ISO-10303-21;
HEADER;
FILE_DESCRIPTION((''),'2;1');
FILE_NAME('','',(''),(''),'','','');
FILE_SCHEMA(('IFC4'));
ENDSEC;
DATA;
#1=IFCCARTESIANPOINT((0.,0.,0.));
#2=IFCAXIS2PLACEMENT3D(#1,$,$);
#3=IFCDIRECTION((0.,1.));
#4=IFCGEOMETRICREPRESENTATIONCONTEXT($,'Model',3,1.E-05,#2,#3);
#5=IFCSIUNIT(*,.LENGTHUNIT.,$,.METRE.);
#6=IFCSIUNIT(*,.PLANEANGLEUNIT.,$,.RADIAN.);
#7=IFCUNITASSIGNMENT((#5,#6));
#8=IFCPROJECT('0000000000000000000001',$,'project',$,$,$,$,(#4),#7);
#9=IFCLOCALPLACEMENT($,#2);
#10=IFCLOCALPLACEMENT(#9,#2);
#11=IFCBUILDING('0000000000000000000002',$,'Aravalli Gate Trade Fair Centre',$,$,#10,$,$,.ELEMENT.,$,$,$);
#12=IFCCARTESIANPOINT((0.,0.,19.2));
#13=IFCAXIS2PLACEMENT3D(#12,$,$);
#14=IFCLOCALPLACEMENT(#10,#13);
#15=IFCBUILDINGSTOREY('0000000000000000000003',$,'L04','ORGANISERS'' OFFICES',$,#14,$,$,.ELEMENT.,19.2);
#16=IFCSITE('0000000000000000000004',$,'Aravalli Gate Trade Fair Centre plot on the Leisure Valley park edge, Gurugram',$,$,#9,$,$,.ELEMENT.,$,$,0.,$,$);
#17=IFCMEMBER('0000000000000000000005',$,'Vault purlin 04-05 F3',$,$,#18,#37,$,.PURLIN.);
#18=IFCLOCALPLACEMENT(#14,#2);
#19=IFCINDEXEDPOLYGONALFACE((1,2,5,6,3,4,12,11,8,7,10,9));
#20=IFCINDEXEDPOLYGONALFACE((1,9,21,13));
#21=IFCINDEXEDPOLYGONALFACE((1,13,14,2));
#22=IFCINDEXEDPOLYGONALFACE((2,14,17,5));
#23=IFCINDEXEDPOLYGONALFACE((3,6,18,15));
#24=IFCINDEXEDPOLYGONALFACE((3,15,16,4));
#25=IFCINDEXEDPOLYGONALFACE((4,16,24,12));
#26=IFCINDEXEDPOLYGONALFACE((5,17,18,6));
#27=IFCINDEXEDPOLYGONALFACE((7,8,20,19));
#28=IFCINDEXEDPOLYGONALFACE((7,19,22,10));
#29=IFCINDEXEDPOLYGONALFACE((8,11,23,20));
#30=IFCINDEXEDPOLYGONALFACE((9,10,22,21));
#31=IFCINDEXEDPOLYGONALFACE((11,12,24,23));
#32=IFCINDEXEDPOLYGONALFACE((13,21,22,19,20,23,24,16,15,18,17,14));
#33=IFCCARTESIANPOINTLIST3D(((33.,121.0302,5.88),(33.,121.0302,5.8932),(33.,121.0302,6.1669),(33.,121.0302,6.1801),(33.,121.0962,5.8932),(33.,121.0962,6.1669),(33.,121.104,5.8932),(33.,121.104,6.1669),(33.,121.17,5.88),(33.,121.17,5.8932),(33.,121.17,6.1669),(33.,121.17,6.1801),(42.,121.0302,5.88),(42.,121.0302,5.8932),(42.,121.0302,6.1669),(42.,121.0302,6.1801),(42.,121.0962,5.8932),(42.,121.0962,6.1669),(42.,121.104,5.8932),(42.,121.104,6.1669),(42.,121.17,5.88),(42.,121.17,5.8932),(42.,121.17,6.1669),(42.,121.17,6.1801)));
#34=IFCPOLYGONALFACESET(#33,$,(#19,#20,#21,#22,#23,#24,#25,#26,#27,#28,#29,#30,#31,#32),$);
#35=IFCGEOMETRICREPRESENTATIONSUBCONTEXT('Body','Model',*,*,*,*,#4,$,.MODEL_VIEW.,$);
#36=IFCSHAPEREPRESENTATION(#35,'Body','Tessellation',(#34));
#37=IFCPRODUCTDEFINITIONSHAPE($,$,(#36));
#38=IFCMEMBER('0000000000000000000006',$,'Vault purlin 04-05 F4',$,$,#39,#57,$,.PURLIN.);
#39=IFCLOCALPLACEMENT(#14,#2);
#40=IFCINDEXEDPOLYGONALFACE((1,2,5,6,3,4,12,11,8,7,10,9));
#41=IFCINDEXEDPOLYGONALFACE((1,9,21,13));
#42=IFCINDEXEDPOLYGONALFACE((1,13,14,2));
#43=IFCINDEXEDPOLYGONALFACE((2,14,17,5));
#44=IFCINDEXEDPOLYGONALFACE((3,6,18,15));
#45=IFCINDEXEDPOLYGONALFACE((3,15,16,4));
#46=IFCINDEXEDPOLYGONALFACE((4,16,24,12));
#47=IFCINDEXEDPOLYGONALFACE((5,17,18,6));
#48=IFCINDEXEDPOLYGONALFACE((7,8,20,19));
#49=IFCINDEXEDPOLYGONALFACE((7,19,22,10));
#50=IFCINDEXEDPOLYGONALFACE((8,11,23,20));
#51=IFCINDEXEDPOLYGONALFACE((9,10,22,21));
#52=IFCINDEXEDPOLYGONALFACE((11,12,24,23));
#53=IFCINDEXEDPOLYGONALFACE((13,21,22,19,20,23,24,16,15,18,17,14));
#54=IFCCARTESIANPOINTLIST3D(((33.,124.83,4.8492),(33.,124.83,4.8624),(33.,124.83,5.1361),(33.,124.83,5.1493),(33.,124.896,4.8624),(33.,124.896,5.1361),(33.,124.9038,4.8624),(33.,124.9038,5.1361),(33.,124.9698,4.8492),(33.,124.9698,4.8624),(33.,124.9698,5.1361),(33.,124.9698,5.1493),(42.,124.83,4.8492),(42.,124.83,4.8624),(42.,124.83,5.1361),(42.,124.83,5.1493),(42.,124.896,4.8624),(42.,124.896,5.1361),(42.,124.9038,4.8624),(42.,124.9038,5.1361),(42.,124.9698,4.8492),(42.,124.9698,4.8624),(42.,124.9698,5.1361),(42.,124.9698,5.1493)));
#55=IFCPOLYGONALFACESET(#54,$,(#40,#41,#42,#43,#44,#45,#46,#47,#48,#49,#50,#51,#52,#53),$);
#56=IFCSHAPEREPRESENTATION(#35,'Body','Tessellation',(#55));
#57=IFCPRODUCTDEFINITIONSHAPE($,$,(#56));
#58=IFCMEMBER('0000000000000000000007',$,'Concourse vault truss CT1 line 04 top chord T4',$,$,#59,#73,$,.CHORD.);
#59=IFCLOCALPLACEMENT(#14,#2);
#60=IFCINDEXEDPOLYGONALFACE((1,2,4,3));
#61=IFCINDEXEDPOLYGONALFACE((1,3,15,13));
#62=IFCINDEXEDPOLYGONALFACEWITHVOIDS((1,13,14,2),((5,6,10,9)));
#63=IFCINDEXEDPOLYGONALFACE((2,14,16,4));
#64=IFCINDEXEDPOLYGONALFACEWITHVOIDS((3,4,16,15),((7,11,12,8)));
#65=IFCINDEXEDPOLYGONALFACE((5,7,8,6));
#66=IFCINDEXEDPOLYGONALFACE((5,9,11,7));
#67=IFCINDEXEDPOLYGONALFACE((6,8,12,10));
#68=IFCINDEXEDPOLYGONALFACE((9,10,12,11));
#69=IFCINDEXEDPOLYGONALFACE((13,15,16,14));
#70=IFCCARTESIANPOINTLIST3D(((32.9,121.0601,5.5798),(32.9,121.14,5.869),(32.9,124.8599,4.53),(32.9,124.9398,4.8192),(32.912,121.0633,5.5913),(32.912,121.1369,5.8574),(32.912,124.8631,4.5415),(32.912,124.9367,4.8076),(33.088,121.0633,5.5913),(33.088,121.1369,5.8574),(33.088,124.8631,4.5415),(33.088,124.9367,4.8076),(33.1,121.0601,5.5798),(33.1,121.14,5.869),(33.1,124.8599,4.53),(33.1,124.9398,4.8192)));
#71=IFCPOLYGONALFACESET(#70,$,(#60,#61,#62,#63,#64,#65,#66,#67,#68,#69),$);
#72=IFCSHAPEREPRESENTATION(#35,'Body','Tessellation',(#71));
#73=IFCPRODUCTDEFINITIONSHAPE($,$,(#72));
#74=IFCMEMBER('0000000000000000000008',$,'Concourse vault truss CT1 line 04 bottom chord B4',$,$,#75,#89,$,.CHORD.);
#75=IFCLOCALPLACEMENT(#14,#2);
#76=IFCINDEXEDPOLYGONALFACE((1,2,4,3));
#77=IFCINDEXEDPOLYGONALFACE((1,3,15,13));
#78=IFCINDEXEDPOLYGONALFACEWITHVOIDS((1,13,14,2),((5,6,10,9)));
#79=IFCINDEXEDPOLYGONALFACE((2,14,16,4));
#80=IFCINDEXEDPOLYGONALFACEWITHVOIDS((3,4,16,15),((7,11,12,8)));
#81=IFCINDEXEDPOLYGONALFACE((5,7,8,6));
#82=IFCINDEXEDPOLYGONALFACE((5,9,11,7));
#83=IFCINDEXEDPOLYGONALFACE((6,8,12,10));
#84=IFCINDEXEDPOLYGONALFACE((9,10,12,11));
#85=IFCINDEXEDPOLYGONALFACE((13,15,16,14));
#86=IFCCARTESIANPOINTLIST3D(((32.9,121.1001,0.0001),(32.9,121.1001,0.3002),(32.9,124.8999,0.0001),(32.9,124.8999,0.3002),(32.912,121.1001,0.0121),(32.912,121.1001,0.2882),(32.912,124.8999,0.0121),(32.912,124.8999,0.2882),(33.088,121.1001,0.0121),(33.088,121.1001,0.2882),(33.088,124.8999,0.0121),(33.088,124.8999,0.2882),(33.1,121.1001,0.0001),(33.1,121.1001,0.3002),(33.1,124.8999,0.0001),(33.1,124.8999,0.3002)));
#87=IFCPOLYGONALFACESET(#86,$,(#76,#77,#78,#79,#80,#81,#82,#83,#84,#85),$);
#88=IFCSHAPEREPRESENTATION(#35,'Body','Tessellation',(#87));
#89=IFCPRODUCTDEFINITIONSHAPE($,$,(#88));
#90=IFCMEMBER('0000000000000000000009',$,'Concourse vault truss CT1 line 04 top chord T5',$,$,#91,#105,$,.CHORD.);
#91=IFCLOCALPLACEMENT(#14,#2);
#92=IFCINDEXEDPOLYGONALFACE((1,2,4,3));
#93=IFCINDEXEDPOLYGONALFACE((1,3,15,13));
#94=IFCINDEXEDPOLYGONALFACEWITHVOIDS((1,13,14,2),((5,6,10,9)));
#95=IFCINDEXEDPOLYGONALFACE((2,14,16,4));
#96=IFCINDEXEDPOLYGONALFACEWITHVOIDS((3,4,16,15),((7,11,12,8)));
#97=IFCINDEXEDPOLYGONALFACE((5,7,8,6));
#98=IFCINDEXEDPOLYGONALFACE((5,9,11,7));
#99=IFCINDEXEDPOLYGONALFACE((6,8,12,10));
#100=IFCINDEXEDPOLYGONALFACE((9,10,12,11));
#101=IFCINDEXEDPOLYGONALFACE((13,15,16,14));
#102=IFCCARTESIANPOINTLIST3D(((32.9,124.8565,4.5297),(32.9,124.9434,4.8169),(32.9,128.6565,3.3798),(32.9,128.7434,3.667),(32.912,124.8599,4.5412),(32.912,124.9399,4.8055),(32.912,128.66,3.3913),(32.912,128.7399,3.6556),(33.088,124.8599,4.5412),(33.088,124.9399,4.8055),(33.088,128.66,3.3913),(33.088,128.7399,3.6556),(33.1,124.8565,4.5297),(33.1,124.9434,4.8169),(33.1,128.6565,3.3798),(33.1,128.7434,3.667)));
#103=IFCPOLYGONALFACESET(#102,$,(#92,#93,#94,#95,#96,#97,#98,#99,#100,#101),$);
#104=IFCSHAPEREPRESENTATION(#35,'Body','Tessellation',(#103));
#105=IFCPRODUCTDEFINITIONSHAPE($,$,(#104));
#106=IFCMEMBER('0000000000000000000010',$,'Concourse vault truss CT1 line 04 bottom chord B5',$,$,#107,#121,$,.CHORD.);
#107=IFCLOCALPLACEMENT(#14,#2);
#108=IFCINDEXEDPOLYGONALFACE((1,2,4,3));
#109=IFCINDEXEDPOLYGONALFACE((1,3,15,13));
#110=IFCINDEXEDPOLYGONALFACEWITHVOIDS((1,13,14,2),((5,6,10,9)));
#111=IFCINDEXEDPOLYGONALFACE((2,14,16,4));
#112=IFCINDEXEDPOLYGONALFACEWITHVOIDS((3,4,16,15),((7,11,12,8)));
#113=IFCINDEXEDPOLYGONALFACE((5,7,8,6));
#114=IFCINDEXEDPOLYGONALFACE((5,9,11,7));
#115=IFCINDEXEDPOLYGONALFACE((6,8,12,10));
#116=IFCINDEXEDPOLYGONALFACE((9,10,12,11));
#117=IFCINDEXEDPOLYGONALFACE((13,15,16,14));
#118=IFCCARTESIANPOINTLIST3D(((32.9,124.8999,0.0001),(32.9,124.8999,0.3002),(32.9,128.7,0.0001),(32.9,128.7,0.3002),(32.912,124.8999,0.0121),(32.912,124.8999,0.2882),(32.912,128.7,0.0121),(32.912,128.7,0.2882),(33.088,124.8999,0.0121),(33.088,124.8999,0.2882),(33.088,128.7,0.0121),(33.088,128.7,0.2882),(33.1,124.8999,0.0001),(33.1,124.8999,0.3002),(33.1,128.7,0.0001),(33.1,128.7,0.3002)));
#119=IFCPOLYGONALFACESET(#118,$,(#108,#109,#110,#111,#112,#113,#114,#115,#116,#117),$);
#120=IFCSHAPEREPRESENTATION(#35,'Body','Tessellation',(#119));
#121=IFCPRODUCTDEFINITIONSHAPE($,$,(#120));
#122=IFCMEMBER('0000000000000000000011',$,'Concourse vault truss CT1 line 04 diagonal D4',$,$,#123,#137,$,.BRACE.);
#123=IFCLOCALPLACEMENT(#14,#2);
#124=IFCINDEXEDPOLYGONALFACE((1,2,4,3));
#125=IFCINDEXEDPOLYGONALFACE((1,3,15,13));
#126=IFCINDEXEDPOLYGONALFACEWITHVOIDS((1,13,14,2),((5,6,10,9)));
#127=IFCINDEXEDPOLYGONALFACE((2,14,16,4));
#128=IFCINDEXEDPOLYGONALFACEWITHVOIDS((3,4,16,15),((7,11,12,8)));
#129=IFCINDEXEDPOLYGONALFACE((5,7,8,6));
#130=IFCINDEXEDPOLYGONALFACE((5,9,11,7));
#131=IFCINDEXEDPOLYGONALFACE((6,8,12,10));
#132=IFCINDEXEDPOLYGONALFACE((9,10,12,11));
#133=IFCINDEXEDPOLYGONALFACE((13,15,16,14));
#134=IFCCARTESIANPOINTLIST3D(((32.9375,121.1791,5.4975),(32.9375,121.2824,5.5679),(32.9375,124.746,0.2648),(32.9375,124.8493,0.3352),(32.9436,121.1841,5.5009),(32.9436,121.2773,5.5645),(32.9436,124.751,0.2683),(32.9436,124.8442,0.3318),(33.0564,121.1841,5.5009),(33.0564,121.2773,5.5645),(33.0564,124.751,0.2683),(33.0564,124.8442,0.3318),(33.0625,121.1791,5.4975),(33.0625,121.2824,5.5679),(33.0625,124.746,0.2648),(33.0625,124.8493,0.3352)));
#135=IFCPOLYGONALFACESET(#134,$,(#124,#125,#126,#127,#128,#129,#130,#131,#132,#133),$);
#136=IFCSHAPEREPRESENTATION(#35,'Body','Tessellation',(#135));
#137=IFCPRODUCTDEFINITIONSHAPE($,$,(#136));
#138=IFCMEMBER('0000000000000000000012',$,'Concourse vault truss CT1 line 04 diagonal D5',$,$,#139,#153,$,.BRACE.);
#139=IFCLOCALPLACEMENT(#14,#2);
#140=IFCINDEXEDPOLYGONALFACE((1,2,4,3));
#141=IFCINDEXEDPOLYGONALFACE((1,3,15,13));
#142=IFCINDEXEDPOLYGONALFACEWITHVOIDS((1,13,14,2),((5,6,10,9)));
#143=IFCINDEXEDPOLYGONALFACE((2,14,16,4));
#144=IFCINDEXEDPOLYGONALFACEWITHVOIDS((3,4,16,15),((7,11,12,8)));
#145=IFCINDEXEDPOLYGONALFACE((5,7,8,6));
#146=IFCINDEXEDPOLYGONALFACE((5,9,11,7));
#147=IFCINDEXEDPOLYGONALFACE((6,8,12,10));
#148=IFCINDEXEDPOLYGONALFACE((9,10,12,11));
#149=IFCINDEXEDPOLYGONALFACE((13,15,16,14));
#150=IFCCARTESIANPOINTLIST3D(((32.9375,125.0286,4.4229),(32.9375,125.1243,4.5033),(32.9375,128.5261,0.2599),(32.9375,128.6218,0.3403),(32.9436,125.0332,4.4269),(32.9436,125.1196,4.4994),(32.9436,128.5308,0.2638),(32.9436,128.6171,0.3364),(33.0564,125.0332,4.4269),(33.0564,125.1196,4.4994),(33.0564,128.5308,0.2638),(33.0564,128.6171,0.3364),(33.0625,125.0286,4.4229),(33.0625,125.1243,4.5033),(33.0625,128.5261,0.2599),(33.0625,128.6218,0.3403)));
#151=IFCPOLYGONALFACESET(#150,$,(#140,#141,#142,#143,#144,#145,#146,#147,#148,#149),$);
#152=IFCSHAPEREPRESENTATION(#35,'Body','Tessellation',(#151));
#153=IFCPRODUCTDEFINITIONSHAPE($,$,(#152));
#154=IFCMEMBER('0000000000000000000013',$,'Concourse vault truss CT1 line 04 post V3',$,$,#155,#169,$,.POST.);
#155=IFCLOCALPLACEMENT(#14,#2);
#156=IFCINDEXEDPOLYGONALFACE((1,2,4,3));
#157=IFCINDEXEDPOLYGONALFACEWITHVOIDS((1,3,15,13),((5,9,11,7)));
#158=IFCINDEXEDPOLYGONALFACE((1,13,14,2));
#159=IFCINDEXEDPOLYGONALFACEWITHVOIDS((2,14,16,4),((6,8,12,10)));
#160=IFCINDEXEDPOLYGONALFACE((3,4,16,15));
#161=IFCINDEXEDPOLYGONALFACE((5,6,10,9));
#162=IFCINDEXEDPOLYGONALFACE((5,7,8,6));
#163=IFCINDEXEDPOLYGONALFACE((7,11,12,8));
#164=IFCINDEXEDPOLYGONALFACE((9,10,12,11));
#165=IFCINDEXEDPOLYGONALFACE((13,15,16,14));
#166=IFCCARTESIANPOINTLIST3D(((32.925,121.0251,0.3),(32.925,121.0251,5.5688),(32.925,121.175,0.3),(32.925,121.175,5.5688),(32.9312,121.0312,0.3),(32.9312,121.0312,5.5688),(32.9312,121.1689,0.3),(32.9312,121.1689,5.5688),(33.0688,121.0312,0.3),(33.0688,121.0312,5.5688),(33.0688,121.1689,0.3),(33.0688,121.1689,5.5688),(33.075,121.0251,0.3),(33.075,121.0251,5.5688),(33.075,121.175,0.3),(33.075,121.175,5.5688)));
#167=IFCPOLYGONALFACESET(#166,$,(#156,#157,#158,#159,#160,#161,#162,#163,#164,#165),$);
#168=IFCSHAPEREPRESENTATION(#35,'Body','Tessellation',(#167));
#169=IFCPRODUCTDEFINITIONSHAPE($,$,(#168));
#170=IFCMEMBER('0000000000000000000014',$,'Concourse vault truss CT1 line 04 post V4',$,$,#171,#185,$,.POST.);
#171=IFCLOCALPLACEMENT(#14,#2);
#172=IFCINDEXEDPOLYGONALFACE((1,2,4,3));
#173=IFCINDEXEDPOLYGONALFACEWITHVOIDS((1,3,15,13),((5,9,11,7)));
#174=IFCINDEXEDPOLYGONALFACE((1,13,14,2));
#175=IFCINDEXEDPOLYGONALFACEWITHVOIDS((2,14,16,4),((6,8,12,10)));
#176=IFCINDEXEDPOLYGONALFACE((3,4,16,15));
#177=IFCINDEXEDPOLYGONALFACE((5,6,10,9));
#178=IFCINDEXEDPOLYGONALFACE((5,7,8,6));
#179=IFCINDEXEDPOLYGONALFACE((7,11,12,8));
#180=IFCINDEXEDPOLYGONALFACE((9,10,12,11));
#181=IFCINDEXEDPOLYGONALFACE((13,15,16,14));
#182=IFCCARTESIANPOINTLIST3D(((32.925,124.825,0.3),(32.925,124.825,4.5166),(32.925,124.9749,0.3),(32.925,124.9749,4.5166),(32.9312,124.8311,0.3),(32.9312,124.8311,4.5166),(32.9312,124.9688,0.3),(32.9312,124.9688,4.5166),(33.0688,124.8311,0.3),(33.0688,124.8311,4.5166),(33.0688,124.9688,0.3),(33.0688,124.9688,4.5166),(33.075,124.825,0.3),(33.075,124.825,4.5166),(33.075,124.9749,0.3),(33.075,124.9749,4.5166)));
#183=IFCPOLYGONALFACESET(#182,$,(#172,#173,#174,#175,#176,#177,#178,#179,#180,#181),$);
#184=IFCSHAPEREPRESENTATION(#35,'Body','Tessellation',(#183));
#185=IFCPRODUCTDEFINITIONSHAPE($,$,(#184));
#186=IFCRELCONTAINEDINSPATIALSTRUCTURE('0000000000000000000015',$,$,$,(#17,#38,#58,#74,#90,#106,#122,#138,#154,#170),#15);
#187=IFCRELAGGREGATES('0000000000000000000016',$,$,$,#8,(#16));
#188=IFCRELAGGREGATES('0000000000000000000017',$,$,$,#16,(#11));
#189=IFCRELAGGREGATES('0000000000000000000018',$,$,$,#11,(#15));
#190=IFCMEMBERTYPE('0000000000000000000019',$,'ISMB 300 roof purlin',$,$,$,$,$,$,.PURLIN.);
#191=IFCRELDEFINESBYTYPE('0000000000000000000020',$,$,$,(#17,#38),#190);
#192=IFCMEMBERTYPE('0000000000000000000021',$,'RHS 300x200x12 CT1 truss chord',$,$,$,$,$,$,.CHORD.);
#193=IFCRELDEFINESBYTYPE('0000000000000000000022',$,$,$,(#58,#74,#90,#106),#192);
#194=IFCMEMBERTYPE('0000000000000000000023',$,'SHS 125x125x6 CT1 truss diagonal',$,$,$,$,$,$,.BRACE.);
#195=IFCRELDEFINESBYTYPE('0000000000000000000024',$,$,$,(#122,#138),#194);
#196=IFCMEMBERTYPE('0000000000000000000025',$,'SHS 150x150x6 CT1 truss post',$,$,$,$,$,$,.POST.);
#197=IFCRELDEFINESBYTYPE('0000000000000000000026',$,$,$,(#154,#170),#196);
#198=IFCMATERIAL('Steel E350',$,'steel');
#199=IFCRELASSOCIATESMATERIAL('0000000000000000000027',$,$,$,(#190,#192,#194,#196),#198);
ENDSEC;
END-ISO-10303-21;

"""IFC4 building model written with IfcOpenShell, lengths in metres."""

from ifc_helpers import new_model, si_unit, direction, frame, origin, origin_2d, place, context, subcontext, project, spatial, hollow_rectangle, i_section, extrude, material, material_profile, profile_set, type_object, element, save


model = new_model("IFC4")

# Units and contexts
model_context = context("Model", 3, precision=1e-05, world=origin(), true_north=direction((0.0, 1.0)))
body_context = subcontext(model_context, "Body", "Model", "MODEL_VIEW")
ifc_project = project(units=[si_unit("LENGTHUNIT", "METRE"), si_unit("PLANEANGLEUNIT", "RADIAN")], contexts=[model_context])

# Site, building, storey
site_placement = place(None, origin())
site = spatial("IfcSite", under=ifc_project, at=site_placement, Name="Aravalli Gate Trade Fair Centre plot on the Leisure Valley park edge, Gurugram", CompositionType="ELEMENT", RefElevation=0.0)
building_placement = place(site_placement, origin())
building = spatial("IfcBuilding", under=site, at=building_placement, Name="Aravalli Gate Trade Fair Centre", CompositionType="ELEMENT")
storey_placement = place(building_placement, frame((0.0, 0.0, 19.2)))
storey = spatial("IfcBuildingStorey", under=building, at=storey_placement, Name="L04", Description="ORGANISERS' OFFICES", CompositionType="ELEMENT", Elevation=19.2)

# Members
ifc_material_1 = material(Name="Steel E350", Category="steel")
ifc_material_profile_1 = material_profile(ifc_material_1, i_section(OverallWidth=0.1399, OverallDepth=0.3, WebThickness=0.0078, FlangeThickness=0.0132, at=origin_2d()), Name="ISMB 300")
ifc_profile_set_1 = profile_set([ifc_material_profile_1], Name="Steel E350")
member_type_1 = type_object("IfcMemberType", Name="ISMB 300 roof purlin", PredefinedType="PURLIN", material=ifc_profile_set_1)
for number, where, z_axis, x_axis, name in (
    (1, (33.0, 121.1001, 6.03), (1.0, 0.0, 0.0), (0.0, 1.0, 0.0), "Vault purlin 04-05 F3"),
    (2, (33.0, 124.8999, 4.9993), (1.0, 0.0, 0.0), (0.0, 1.0, 0.0), "Vault purlin 04-05 F4"),
):
    element("IfcMember", number, at=place(storey_placement, frame(where, z_axis=z_axis, x_axis=x_axis)), inside=storey, type_object=member_type_1, Name=name, PredefinedType="PURLIN", context=body_context, shape_type="SweptSolid", body=[
        extrude(i_section(OverallWidth=0.1399, OverallDepth=0.3, WebThickness=0.0078, FlangeThickness=0.0132, at=origin_2d()), origin(), (0.0, 0.0, 1.0), 9.0),
    ])
ifc_material_profile_2 = material_profile(ifc_material_1, hollow_rectangle(XDim=0.2, YDim=0.3, WallThickness=0.012, at=origin_2d()), Name="RHS 300x200x12")
ifc_profile_set_2 = profile_set([ifc_material_profile_2], Name="Steel E350")
member_type_2 = type_object("IfcMemberType", Name="RHS 300x200x12 CT1 truss chord", PredefinedType="CHORD", material=ifc_profile_set_2)
member_1_placement = place(storey_placement, frame((33.0, 121.1001, 5.7244), z_axis=(0.0, 0.96389, -0.266302), x_axis=(-1.0, 0.0, 0.0)))
element("IfcMember", 3, at=member_1_placement, inside=storey, type_object=member_type_2, Name="Concourse vault truss CT1 line 04 top chord T4", PredefinedType="CHORD", context=body_context, shape_type="SweptSolid", body=[
    extrude(hollow_rectangle(XDim=0.2, YDim=0.3, WallThickness=0.012, at=origin_2d()), origin(), (0.0, 0.0, 1.0), 3.9421),
])
member_2_placement = place(storey_placement, frame((33.0, 121.1001, 0.1501), z_axis=(0.0, 1.0, 0.0), x_axis=(-1.0, 0.0, 0.0)))
element("IfcMember", 4, at=member_2_placement, inside=storey, type_object=member_type_2, Name="Concourse vault truss CT1 line 04 bottom chord B4", PredefinedType="CHORD", context=body_context, shape_type="SweptSolid", body=[
    extrude(hollow_rectangle(XDim=0.2, YDim=0.3, WallThickness=0.012, at=origin_2d()), origin(), (0.0, 0.0, 1.0), 3.7998),
])
member_3_placement = place(storey_placement, frame((33.0, 124.8999, 4.6733), z_axis=(0.0, 0.957138, -0.289632), x_axis=(-1.0, 0.0, 0.0)))
element("IfcMember", 5, at=member_3_placement, inside=storey, type_object=member_type_2, Name="Concourse vault truss CT1 line 04 top chord T5", PredefinedType="CHORD", context=body_context, shape_type="SweptSolid", body=[
    extrude(hollow_rectangle(XDim=0.2, YDim=0.3, WallThickness=0.012, at=origin_2d()), origin(), (0.0, 0.0, 1.0), 3.9702),
])
member_4_placement = place(storey_placement, frame((33.0, 124.8999, 0.1501), z_axis=(0.0, 1.0, 0.0), x_axis=(-1.0, 0.0, 0.0)))
element("IfcMember", 6, at=member_4_placement, inside=storey, type_object=member_type_2, Name="Concourse vault truss CT1 line 04 bottom chord B5", PredefinedType="CHORD", context=body_context, shape_type="SweptSolid", body=[
    extrude(hollow_rectangle(XDim=0.2, YDim=0.3, WallThickness=0.012, at=origin_2d()), origin(), (0.0, 0.0, 1.0), 3.8),
])
ifc_material_profile_3 = material_profile(ifc_material_1, hollow_rectangle(XDim=0.125, YDim=0.125, WallThickness=0.0061, at=origin_2d()), Name="SHS 125x125x6")
ifc_profile_set_3 = profile_set([ifc_material_profile_3], Name="Steel E350")
member_type_3 = type_object("IfcMemberType", Name="SHS 125x125x6 CT1 truss diagonal", PredefinedType="BRACE", material=ifc_profile_set_3)
member_5_placement = place(storey_placement, frame((33.0, 121.2307, 5.5327), z_axis=(0.0, 0.563247, -0.826289), x_axis=(-1.0, 0.0, 0.0)))
element("IfcMember", 7, at=member_5_placement, inside=storey, type_object=member_type_3, Name="Concourse vault truss CT1 line 04 diagonal D4", PredefinedType="BRACE", context=body_context, shape_type="SweptSolid", body=[
    extrude(hollow_rectangle(XDim=0.125, YDim=0.125, WallThickness=0.0061, at=origin_2d()), origin(), (0.0, 0.0, 1.0), 6.3328),
])
member_6_placement = place(storey_placement, frame((33.0, 125.0764, 4.4631), z_axis=(0.0, 0.643253, -0.765654), x_axis=(-1.0, 0.0, 0.0)))
element("IfcMember", 8, at=member_6_placement, inside=storey, type_object=member_type_3, Name="Concourse vault truss CT1 line 04 diagonal D5", PredefinedType="BRACE", context=body_context, shape_type="SweptSolid", body=[
    extrude(hollow_rectangle(XDim=0.125, YDim=0.125, WallThickness=0.0061, at=origin_2d()), origin(), (0.0, 0.0, 1.0), 5.4373),
])
ifc_material_profile_4 = material_profile(ifc_material_1, hollow_rectangle(XDim=0.1499, YDim=0.1499, WallThickness=0.0061, at=origin_2d()), Name="SHS 150x150x6")
ifc_profile_set_4 = profile_set([ifc_material_profile_4], Name="Steel E350")
member_type_4 = type_object("IfcMemberType", Name="SHS 150x150x6 CT1 truss post", PredefinedType="POST", material=ifc_profile_set_4)
member_7_placement = place(storey_placement, frame((33.0, 121.1001, 0.3), z_axis=(0.0, 0.0, 1.0), x_axis=(1.0, 0.0, 0.0)))
element("IfcMember", 9, at=member_7_placement, inside=storey, type_object=member_type_4, Name="Concourse vault truss CT1 line 04 post V3", PredefinedType="POST", context=body_context, shape_type="SweptSolid", body=[
    extrude(hollow_rectangle(XDim=0.1499, YDim=0.1499, WallThickness=0.0061, at=origin_2d()), origin(), (0.0, 0.0, 1.0), 5.2688),
])
member_8_placement = place(storey_placement, frame((33.0, 124.8999, 0.3), z_axis=(0.0, 0.0, 1.0), x_axis=(1.0, 0.0, 0.0)))
element("IfcMember", 10, at=member_8_placement, inside=storey, type_object=member_type_4, Name="Concourse vault truss CT1 line 04 post V4", PredefinedType="POST", context=body_context, shape_type="SweptSolid", body=[
    extrude(hollow_rectangle(XDim=0.1499, YDim=0.1499, WallThickness=0.0061, at=origin_2d()), origin(), (0.0, 0.0, 1.0), 4.2166),
])

save(model, "model.ifc")
